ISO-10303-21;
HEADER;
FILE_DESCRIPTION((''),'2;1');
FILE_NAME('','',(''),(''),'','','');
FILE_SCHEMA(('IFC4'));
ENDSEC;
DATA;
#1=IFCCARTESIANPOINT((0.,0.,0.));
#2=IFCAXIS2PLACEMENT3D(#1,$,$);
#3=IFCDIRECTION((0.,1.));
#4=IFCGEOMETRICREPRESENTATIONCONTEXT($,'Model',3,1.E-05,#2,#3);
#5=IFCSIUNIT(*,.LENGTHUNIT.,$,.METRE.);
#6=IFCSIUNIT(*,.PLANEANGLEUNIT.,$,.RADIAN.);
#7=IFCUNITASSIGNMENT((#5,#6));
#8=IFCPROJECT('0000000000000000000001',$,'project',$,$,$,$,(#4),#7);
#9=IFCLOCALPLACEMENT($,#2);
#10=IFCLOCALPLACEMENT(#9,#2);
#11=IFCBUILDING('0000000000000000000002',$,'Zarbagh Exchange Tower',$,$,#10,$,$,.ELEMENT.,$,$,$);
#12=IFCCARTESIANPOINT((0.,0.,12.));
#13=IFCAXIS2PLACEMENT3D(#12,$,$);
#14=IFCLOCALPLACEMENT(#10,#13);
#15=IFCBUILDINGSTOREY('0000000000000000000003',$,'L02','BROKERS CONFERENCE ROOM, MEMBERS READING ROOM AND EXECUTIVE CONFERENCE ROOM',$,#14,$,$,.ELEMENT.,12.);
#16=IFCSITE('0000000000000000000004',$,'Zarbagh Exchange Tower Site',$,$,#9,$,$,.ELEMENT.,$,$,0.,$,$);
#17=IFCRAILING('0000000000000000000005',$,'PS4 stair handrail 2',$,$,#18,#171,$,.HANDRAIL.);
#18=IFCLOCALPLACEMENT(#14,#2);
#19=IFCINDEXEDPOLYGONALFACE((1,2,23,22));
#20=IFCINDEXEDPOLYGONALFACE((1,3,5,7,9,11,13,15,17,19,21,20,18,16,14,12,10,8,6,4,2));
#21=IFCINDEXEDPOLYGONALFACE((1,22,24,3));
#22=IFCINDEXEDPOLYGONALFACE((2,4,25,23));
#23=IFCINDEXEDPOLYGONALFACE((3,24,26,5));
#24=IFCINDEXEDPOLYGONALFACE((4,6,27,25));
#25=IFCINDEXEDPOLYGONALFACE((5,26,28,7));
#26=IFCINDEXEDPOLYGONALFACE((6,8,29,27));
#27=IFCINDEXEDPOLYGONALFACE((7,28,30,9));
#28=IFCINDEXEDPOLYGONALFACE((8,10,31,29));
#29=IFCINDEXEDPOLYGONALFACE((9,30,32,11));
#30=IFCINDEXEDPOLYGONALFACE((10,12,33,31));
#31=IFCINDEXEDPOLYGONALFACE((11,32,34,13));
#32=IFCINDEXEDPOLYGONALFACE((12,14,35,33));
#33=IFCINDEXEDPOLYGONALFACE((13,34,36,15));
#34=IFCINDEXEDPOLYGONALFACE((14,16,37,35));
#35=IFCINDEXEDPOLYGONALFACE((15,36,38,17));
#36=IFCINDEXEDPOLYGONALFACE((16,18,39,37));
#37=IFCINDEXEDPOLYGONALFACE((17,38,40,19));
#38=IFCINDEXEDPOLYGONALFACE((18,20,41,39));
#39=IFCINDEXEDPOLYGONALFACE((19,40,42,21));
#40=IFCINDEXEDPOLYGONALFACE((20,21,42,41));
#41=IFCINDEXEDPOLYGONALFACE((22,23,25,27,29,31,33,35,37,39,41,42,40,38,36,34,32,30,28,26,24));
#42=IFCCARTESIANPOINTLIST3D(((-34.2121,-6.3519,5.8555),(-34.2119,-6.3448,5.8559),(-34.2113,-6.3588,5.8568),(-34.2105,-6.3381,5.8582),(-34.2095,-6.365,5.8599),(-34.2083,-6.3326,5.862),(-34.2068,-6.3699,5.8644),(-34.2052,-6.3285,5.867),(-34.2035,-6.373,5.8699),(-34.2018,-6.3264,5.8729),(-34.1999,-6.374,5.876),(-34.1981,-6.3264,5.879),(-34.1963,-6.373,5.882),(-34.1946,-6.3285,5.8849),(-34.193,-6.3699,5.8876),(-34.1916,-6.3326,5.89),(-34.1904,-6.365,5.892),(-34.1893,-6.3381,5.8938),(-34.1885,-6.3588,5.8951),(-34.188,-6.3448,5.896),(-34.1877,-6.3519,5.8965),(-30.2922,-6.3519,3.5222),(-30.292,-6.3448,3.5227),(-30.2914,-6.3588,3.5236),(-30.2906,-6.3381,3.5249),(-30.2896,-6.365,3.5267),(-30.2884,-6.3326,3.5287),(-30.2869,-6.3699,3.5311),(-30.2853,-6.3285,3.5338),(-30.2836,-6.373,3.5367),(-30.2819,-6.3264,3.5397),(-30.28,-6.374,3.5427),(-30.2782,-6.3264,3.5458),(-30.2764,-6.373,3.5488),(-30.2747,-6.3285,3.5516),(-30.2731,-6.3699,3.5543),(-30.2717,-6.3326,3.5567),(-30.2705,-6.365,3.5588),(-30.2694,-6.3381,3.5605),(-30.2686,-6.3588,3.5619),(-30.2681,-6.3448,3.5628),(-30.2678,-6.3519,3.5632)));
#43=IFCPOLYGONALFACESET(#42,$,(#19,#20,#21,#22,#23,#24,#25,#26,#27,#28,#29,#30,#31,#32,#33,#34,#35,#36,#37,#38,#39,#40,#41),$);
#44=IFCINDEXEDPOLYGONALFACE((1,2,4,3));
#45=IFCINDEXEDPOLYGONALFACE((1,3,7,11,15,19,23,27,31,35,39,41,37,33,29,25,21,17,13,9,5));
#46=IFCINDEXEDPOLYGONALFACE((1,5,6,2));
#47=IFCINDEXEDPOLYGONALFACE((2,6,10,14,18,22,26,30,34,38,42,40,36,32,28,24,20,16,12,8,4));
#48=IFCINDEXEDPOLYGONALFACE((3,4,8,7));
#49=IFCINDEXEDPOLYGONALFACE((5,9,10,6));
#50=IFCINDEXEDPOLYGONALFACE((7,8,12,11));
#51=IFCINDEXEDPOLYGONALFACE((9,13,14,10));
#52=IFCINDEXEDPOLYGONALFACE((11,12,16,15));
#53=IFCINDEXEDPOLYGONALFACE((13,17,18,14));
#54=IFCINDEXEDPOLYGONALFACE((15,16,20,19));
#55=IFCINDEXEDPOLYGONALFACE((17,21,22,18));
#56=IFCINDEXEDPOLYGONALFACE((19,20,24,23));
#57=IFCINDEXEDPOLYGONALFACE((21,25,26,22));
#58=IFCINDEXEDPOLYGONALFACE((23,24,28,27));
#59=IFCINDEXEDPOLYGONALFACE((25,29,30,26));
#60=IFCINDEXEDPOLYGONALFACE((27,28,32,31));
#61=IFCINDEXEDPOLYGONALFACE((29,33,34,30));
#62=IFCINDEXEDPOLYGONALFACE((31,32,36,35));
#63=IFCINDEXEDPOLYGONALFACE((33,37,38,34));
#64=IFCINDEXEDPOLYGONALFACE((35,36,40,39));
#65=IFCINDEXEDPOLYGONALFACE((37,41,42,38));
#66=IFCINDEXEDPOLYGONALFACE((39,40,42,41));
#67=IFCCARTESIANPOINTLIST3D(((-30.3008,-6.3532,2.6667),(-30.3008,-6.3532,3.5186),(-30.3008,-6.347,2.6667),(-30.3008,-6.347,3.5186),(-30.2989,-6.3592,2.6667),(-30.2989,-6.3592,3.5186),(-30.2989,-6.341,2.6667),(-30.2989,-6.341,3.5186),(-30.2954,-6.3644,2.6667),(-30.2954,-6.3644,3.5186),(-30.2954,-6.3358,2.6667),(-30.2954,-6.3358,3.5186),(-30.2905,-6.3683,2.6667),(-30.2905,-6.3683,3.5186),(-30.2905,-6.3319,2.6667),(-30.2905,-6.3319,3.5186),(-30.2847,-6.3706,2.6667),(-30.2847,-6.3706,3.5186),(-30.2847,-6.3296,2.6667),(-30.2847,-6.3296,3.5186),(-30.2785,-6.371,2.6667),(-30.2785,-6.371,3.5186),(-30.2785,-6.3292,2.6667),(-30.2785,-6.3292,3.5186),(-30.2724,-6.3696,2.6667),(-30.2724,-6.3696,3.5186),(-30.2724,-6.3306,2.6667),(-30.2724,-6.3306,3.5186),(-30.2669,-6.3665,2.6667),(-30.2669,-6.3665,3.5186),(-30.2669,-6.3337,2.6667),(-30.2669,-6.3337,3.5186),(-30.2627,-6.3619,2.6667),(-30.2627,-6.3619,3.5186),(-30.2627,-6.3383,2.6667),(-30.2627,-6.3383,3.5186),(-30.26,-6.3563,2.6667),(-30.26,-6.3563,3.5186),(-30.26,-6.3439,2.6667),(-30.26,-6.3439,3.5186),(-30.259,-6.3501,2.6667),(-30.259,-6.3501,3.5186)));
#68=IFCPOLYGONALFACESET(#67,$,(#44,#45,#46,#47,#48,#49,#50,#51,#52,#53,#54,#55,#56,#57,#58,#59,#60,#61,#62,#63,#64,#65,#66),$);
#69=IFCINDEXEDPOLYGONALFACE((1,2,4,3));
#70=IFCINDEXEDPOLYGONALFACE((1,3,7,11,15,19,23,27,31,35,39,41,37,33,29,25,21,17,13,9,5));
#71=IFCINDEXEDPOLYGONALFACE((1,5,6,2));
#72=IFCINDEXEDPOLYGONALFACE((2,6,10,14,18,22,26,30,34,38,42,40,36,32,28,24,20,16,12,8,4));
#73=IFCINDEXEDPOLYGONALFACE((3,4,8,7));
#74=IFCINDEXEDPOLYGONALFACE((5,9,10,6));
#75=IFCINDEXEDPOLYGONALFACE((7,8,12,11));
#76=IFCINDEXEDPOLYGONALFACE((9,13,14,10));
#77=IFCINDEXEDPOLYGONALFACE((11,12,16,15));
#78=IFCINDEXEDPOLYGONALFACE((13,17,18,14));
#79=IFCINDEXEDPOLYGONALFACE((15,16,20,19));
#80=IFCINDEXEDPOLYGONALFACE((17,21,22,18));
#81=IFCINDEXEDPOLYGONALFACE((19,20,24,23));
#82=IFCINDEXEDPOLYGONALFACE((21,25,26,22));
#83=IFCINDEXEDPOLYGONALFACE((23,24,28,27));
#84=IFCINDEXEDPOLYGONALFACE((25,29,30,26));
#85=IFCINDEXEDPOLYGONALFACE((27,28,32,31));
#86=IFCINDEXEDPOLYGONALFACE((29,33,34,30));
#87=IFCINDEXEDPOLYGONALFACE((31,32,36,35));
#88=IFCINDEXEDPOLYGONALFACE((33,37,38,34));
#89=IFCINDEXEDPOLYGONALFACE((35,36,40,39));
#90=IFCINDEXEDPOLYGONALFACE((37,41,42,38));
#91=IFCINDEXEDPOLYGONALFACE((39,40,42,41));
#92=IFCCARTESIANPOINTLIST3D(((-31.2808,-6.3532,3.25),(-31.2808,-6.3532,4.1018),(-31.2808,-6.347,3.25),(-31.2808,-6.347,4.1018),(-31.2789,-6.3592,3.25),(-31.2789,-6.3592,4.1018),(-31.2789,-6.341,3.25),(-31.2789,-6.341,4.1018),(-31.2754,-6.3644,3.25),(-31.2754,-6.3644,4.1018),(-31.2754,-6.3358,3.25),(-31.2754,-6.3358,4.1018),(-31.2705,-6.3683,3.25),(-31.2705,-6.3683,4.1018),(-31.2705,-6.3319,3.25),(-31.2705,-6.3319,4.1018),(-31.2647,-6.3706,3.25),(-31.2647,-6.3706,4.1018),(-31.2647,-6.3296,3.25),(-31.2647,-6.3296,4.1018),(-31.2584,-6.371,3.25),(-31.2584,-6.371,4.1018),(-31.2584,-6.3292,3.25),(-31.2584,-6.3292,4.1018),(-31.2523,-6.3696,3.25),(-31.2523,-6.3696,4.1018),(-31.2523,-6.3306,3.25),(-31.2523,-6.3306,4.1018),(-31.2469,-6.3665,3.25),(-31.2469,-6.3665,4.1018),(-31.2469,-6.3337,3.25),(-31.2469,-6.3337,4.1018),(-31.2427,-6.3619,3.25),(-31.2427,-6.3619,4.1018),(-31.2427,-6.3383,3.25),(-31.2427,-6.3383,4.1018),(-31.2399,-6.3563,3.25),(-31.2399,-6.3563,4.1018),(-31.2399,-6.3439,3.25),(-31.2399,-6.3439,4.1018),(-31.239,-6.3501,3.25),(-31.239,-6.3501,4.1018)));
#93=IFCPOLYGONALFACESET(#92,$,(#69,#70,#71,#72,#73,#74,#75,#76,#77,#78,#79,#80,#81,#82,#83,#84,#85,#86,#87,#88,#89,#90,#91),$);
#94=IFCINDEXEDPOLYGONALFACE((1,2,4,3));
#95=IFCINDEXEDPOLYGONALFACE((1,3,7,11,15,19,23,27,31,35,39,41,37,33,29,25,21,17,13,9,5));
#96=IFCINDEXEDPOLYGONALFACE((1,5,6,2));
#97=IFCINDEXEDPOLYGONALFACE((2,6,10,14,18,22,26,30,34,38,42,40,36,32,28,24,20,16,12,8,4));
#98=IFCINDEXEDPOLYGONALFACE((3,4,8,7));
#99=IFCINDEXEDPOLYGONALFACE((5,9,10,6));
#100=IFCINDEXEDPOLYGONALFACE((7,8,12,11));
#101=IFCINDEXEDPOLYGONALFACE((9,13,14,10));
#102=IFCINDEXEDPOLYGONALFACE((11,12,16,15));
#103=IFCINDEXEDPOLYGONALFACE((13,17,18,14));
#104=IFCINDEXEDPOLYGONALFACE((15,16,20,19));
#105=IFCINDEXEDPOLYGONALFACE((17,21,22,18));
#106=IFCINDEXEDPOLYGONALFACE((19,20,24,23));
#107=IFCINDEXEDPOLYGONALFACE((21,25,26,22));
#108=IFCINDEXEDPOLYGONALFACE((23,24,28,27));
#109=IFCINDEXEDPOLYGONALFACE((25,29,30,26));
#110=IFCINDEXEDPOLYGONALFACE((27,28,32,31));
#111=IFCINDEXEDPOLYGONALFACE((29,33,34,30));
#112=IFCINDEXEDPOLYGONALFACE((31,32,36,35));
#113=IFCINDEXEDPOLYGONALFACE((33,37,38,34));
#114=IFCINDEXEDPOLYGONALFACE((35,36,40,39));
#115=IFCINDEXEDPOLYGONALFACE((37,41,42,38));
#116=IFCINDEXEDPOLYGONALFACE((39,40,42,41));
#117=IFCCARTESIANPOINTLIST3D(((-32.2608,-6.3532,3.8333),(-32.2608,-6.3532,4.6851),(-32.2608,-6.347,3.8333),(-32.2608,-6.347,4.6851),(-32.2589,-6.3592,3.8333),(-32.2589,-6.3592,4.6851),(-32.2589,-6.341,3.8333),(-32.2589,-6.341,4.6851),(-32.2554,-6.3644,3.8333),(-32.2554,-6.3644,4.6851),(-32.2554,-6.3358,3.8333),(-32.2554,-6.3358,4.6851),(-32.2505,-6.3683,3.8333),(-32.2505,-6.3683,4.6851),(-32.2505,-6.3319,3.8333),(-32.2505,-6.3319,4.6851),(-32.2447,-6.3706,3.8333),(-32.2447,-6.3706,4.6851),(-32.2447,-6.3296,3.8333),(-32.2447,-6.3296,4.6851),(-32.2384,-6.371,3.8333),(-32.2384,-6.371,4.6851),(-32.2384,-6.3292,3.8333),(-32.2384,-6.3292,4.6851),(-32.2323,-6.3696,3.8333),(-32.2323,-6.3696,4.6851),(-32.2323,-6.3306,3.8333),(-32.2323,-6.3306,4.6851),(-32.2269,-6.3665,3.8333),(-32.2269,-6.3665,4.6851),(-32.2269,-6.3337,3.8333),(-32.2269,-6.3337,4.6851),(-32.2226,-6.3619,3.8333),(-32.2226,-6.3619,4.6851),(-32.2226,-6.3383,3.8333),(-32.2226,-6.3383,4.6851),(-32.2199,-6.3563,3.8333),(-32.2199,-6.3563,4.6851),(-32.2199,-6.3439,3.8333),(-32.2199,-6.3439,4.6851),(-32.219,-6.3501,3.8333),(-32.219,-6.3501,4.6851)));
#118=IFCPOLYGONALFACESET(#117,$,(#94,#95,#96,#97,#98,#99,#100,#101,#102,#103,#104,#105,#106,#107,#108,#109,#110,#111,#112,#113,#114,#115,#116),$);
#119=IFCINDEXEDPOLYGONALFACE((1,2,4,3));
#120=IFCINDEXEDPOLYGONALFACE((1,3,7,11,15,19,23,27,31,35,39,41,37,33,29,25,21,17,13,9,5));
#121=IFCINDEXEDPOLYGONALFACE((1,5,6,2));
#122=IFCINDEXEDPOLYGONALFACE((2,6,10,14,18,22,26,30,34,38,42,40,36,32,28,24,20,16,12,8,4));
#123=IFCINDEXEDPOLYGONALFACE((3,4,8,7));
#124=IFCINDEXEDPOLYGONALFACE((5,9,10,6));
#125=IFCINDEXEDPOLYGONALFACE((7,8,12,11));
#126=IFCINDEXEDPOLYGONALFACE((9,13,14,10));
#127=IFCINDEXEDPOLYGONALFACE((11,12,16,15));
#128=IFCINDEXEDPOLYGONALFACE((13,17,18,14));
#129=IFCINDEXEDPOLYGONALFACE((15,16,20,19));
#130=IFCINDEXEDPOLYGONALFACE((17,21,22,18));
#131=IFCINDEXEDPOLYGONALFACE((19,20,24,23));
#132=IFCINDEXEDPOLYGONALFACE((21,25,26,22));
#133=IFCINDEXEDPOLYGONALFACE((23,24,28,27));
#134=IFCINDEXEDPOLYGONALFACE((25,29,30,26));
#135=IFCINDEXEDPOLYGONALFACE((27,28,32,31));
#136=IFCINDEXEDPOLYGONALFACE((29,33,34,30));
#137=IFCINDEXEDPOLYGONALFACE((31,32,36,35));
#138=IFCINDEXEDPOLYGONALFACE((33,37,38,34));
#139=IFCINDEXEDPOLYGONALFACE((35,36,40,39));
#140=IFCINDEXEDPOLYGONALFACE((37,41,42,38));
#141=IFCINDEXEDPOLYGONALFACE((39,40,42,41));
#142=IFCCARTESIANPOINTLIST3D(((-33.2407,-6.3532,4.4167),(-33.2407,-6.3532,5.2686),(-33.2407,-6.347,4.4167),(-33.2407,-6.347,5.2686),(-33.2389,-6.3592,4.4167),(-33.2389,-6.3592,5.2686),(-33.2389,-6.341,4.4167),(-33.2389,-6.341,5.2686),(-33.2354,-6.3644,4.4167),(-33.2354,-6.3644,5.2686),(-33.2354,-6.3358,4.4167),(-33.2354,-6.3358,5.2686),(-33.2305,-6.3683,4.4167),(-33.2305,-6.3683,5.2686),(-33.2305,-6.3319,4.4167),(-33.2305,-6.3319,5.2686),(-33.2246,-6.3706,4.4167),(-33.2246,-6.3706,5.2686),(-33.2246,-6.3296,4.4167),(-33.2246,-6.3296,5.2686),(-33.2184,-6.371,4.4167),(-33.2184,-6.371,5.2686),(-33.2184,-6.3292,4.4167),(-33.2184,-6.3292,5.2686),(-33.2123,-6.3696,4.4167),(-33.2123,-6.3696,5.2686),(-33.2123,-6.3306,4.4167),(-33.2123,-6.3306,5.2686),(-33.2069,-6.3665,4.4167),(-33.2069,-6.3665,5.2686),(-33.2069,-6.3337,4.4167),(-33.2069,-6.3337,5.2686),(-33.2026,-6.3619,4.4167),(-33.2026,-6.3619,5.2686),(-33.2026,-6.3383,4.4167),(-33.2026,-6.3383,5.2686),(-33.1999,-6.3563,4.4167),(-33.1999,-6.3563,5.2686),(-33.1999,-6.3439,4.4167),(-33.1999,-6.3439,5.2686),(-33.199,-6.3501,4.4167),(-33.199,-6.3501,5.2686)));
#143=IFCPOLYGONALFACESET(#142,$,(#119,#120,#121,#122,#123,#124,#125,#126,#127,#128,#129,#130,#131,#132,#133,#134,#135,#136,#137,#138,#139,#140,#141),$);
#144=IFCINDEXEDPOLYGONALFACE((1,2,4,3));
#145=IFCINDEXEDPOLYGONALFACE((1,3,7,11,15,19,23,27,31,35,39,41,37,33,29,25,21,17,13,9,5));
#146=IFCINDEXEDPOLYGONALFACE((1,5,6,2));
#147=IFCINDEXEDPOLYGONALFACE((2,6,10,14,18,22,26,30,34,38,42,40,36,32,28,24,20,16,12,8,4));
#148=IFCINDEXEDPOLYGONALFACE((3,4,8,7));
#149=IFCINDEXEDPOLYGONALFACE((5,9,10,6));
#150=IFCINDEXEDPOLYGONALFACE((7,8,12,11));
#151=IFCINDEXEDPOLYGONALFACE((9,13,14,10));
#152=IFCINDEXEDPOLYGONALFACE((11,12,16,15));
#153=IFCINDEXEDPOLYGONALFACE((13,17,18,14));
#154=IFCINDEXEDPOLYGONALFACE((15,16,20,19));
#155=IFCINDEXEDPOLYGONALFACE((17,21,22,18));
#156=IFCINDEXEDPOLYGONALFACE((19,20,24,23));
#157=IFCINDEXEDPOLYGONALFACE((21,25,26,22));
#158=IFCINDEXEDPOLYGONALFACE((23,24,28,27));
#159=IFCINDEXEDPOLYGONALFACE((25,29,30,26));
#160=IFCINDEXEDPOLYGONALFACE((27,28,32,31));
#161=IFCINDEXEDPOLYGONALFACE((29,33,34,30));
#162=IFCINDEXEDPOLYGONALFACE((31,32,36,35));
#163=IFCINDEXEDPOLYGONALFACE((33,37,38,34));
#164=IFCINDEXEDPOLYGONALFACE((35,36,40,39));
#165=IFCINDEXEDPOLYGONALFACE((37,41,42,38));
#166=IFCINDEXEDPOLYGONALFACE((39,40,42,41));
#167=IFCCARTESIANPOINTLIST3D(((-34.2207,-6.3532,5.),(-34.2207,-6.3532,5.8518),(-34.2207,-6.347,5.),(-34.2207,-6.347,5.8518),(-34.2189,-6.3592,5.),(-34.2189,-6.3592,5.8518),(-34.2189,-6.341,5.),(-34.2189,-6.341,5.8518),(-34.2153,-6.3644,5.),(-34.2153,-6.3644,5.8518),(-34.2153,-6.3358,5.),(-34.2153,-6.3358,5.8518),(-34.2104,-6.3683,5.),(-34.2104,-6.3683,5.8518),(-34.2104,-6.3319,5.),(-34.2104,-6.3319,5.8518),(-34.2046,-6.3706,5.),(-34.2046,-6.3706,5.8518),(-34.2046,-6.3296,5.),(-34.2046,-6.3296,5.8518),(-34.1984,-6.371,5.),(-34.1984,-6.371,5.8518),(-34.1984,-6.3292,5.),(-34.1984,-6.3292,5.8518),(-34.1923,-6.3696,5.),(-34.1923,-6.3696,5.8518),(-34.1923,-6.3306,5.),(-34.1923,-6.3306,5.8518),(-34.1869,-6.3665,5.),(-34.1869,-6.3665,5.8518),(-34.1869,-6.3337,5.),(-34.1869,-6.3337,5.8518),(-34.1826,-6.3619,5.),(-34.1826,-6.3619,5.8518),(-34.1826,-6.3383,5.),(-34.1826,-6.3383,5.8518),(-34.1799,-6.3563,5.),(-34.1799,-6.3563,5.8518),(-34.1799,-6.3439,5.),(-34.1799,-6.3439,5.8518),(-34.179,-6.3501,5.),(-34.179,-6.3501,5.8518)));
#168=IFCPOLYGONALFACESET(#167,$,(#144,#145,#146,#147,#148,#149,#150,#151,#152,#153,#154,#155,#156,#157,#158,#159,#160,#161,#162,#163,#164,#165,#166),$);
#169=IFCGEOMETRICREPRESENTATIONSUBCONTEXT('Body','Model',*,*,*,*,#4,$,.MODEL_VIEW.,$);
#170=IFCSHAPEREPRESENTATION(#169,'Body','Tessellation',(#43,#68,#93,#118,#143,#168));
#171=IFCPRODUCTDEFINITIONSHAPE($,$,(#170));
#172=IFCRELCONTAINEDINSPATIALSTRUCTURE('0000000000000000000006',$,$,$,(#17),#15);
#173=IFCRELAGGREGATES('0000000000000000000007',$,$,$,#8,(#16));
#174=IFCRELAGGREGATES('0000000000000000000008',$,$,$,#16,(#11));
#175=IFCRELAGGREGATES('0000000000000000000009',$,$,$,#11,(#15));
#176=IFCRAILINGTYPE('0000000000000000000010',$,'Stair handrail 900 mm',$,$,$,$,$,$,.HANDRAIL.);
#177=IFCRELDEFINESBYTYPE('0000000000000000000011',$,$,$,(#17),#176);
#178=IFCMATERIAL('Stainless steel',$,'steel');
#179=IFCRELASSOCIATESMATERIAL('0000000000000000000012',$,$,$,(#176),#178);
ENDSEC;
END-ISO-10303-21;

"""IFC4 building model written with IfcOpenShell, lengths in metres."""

from ifc_helpers import new_model, si_unit, direction, frame, origin, origin_2d, place, context, subcontext, project, spatial, circle, extrude, material, type_object, element, save


model = new_model("IFC4")

# Units and contexts
model_context = context("Model", 3, precision=1e-05, world=origin(), true_north=direction((0.0, 1.0)))
body_context = subcontext(model_context, "Body", "Model", "MODEL_VIEW")
ifc_project = project(units=[si_unit("LENGTHUNIT", "METRE"), si_unit("PLANEANGLEUNIT", "RADIAN")], contexts=[model_context])

# Site, building, storey
site_placement = place(None, origin())
site = spatial("IfcSite", under=ifc_project, at=site_placement, Name="Zarbagh Exchange Tower Site", CompositionType="ELEMENT", RefElevation=0.0)
building_placement = place(site_placement, origin())
building = spatial("IfcBuilding", under=site, at=building_placement, Name="Zarbagh Exchange Tower", CompositionType="ELEMENT")
storey_placement = place(building_placement, frame((0.0, 0.0, 12.0)))
storey = spatial("IfcBuildingStorey", under=building, at=storey_placement, Name="L02", Description="BROKERS CONFERENCE ROOM, MEMBERS READING ROOM AND EXECUTIVE CONFERENCE ROOM", CompositionType="ELEMENT", Elevation=12.0)

# Railing
ifc_material_1 = material(Name="Stainless steel", Category="steel")
railing_type = type_object("IfcRailingType", Name="Stair handrail 900 mm", PredefinedType="HANDRAIL", material=ifc_material_1)
railing_placement = place(storey_placement, frame((-30.28, -6.3501, 2.6667)))
element("IfcRailing", 1, at=railing_placement, inside=storey, type_object=railing_type, Name="PS4 stair handrail 2", PredefinedType="HANDRAIL", context=body_context, shape_type="SweptSolid", body=[
    extrude(circle(Radius=0.0239, at=origin_2d()), frame((0.0, 0.0, 0.876), z_axis=(-0.859296, 0.0, 0.511478), x_axis=(0.0, -1.0, 0.0)), (0.0, 0.0, 1.0), 4.5618),
    extrude(circle(Radius=0.021, at=origin_2d()), origin(), (0.0, 0.0, 1.0), 0.8518),
    extrude(circle(Radius=0.021, at=origin_2d()), frame((-0.98, 0.0, 0.5833)), (0.0, 0.0, 1.0), 0.8518),
    extrude(circle(Radius=0.021, at=origin_2d()), frame((-1.96, 0.0, 1.1665)), (0.0, 0.0, 1.0), 0.8518),
    extrude(circle(Radius=0.021, at=origin_2d()), frame((-2.9399, 0.0, 1.75)), (0.0, 0.0, 1.0), 0.8518),
    extrude(circle(Radius=0.021, at=origin_2d()), frame((-3.9199, 0.0, 2.3333)), (0.0, 0.0, 1.0), 0.8518),
])

save(model, "model.ifc")
